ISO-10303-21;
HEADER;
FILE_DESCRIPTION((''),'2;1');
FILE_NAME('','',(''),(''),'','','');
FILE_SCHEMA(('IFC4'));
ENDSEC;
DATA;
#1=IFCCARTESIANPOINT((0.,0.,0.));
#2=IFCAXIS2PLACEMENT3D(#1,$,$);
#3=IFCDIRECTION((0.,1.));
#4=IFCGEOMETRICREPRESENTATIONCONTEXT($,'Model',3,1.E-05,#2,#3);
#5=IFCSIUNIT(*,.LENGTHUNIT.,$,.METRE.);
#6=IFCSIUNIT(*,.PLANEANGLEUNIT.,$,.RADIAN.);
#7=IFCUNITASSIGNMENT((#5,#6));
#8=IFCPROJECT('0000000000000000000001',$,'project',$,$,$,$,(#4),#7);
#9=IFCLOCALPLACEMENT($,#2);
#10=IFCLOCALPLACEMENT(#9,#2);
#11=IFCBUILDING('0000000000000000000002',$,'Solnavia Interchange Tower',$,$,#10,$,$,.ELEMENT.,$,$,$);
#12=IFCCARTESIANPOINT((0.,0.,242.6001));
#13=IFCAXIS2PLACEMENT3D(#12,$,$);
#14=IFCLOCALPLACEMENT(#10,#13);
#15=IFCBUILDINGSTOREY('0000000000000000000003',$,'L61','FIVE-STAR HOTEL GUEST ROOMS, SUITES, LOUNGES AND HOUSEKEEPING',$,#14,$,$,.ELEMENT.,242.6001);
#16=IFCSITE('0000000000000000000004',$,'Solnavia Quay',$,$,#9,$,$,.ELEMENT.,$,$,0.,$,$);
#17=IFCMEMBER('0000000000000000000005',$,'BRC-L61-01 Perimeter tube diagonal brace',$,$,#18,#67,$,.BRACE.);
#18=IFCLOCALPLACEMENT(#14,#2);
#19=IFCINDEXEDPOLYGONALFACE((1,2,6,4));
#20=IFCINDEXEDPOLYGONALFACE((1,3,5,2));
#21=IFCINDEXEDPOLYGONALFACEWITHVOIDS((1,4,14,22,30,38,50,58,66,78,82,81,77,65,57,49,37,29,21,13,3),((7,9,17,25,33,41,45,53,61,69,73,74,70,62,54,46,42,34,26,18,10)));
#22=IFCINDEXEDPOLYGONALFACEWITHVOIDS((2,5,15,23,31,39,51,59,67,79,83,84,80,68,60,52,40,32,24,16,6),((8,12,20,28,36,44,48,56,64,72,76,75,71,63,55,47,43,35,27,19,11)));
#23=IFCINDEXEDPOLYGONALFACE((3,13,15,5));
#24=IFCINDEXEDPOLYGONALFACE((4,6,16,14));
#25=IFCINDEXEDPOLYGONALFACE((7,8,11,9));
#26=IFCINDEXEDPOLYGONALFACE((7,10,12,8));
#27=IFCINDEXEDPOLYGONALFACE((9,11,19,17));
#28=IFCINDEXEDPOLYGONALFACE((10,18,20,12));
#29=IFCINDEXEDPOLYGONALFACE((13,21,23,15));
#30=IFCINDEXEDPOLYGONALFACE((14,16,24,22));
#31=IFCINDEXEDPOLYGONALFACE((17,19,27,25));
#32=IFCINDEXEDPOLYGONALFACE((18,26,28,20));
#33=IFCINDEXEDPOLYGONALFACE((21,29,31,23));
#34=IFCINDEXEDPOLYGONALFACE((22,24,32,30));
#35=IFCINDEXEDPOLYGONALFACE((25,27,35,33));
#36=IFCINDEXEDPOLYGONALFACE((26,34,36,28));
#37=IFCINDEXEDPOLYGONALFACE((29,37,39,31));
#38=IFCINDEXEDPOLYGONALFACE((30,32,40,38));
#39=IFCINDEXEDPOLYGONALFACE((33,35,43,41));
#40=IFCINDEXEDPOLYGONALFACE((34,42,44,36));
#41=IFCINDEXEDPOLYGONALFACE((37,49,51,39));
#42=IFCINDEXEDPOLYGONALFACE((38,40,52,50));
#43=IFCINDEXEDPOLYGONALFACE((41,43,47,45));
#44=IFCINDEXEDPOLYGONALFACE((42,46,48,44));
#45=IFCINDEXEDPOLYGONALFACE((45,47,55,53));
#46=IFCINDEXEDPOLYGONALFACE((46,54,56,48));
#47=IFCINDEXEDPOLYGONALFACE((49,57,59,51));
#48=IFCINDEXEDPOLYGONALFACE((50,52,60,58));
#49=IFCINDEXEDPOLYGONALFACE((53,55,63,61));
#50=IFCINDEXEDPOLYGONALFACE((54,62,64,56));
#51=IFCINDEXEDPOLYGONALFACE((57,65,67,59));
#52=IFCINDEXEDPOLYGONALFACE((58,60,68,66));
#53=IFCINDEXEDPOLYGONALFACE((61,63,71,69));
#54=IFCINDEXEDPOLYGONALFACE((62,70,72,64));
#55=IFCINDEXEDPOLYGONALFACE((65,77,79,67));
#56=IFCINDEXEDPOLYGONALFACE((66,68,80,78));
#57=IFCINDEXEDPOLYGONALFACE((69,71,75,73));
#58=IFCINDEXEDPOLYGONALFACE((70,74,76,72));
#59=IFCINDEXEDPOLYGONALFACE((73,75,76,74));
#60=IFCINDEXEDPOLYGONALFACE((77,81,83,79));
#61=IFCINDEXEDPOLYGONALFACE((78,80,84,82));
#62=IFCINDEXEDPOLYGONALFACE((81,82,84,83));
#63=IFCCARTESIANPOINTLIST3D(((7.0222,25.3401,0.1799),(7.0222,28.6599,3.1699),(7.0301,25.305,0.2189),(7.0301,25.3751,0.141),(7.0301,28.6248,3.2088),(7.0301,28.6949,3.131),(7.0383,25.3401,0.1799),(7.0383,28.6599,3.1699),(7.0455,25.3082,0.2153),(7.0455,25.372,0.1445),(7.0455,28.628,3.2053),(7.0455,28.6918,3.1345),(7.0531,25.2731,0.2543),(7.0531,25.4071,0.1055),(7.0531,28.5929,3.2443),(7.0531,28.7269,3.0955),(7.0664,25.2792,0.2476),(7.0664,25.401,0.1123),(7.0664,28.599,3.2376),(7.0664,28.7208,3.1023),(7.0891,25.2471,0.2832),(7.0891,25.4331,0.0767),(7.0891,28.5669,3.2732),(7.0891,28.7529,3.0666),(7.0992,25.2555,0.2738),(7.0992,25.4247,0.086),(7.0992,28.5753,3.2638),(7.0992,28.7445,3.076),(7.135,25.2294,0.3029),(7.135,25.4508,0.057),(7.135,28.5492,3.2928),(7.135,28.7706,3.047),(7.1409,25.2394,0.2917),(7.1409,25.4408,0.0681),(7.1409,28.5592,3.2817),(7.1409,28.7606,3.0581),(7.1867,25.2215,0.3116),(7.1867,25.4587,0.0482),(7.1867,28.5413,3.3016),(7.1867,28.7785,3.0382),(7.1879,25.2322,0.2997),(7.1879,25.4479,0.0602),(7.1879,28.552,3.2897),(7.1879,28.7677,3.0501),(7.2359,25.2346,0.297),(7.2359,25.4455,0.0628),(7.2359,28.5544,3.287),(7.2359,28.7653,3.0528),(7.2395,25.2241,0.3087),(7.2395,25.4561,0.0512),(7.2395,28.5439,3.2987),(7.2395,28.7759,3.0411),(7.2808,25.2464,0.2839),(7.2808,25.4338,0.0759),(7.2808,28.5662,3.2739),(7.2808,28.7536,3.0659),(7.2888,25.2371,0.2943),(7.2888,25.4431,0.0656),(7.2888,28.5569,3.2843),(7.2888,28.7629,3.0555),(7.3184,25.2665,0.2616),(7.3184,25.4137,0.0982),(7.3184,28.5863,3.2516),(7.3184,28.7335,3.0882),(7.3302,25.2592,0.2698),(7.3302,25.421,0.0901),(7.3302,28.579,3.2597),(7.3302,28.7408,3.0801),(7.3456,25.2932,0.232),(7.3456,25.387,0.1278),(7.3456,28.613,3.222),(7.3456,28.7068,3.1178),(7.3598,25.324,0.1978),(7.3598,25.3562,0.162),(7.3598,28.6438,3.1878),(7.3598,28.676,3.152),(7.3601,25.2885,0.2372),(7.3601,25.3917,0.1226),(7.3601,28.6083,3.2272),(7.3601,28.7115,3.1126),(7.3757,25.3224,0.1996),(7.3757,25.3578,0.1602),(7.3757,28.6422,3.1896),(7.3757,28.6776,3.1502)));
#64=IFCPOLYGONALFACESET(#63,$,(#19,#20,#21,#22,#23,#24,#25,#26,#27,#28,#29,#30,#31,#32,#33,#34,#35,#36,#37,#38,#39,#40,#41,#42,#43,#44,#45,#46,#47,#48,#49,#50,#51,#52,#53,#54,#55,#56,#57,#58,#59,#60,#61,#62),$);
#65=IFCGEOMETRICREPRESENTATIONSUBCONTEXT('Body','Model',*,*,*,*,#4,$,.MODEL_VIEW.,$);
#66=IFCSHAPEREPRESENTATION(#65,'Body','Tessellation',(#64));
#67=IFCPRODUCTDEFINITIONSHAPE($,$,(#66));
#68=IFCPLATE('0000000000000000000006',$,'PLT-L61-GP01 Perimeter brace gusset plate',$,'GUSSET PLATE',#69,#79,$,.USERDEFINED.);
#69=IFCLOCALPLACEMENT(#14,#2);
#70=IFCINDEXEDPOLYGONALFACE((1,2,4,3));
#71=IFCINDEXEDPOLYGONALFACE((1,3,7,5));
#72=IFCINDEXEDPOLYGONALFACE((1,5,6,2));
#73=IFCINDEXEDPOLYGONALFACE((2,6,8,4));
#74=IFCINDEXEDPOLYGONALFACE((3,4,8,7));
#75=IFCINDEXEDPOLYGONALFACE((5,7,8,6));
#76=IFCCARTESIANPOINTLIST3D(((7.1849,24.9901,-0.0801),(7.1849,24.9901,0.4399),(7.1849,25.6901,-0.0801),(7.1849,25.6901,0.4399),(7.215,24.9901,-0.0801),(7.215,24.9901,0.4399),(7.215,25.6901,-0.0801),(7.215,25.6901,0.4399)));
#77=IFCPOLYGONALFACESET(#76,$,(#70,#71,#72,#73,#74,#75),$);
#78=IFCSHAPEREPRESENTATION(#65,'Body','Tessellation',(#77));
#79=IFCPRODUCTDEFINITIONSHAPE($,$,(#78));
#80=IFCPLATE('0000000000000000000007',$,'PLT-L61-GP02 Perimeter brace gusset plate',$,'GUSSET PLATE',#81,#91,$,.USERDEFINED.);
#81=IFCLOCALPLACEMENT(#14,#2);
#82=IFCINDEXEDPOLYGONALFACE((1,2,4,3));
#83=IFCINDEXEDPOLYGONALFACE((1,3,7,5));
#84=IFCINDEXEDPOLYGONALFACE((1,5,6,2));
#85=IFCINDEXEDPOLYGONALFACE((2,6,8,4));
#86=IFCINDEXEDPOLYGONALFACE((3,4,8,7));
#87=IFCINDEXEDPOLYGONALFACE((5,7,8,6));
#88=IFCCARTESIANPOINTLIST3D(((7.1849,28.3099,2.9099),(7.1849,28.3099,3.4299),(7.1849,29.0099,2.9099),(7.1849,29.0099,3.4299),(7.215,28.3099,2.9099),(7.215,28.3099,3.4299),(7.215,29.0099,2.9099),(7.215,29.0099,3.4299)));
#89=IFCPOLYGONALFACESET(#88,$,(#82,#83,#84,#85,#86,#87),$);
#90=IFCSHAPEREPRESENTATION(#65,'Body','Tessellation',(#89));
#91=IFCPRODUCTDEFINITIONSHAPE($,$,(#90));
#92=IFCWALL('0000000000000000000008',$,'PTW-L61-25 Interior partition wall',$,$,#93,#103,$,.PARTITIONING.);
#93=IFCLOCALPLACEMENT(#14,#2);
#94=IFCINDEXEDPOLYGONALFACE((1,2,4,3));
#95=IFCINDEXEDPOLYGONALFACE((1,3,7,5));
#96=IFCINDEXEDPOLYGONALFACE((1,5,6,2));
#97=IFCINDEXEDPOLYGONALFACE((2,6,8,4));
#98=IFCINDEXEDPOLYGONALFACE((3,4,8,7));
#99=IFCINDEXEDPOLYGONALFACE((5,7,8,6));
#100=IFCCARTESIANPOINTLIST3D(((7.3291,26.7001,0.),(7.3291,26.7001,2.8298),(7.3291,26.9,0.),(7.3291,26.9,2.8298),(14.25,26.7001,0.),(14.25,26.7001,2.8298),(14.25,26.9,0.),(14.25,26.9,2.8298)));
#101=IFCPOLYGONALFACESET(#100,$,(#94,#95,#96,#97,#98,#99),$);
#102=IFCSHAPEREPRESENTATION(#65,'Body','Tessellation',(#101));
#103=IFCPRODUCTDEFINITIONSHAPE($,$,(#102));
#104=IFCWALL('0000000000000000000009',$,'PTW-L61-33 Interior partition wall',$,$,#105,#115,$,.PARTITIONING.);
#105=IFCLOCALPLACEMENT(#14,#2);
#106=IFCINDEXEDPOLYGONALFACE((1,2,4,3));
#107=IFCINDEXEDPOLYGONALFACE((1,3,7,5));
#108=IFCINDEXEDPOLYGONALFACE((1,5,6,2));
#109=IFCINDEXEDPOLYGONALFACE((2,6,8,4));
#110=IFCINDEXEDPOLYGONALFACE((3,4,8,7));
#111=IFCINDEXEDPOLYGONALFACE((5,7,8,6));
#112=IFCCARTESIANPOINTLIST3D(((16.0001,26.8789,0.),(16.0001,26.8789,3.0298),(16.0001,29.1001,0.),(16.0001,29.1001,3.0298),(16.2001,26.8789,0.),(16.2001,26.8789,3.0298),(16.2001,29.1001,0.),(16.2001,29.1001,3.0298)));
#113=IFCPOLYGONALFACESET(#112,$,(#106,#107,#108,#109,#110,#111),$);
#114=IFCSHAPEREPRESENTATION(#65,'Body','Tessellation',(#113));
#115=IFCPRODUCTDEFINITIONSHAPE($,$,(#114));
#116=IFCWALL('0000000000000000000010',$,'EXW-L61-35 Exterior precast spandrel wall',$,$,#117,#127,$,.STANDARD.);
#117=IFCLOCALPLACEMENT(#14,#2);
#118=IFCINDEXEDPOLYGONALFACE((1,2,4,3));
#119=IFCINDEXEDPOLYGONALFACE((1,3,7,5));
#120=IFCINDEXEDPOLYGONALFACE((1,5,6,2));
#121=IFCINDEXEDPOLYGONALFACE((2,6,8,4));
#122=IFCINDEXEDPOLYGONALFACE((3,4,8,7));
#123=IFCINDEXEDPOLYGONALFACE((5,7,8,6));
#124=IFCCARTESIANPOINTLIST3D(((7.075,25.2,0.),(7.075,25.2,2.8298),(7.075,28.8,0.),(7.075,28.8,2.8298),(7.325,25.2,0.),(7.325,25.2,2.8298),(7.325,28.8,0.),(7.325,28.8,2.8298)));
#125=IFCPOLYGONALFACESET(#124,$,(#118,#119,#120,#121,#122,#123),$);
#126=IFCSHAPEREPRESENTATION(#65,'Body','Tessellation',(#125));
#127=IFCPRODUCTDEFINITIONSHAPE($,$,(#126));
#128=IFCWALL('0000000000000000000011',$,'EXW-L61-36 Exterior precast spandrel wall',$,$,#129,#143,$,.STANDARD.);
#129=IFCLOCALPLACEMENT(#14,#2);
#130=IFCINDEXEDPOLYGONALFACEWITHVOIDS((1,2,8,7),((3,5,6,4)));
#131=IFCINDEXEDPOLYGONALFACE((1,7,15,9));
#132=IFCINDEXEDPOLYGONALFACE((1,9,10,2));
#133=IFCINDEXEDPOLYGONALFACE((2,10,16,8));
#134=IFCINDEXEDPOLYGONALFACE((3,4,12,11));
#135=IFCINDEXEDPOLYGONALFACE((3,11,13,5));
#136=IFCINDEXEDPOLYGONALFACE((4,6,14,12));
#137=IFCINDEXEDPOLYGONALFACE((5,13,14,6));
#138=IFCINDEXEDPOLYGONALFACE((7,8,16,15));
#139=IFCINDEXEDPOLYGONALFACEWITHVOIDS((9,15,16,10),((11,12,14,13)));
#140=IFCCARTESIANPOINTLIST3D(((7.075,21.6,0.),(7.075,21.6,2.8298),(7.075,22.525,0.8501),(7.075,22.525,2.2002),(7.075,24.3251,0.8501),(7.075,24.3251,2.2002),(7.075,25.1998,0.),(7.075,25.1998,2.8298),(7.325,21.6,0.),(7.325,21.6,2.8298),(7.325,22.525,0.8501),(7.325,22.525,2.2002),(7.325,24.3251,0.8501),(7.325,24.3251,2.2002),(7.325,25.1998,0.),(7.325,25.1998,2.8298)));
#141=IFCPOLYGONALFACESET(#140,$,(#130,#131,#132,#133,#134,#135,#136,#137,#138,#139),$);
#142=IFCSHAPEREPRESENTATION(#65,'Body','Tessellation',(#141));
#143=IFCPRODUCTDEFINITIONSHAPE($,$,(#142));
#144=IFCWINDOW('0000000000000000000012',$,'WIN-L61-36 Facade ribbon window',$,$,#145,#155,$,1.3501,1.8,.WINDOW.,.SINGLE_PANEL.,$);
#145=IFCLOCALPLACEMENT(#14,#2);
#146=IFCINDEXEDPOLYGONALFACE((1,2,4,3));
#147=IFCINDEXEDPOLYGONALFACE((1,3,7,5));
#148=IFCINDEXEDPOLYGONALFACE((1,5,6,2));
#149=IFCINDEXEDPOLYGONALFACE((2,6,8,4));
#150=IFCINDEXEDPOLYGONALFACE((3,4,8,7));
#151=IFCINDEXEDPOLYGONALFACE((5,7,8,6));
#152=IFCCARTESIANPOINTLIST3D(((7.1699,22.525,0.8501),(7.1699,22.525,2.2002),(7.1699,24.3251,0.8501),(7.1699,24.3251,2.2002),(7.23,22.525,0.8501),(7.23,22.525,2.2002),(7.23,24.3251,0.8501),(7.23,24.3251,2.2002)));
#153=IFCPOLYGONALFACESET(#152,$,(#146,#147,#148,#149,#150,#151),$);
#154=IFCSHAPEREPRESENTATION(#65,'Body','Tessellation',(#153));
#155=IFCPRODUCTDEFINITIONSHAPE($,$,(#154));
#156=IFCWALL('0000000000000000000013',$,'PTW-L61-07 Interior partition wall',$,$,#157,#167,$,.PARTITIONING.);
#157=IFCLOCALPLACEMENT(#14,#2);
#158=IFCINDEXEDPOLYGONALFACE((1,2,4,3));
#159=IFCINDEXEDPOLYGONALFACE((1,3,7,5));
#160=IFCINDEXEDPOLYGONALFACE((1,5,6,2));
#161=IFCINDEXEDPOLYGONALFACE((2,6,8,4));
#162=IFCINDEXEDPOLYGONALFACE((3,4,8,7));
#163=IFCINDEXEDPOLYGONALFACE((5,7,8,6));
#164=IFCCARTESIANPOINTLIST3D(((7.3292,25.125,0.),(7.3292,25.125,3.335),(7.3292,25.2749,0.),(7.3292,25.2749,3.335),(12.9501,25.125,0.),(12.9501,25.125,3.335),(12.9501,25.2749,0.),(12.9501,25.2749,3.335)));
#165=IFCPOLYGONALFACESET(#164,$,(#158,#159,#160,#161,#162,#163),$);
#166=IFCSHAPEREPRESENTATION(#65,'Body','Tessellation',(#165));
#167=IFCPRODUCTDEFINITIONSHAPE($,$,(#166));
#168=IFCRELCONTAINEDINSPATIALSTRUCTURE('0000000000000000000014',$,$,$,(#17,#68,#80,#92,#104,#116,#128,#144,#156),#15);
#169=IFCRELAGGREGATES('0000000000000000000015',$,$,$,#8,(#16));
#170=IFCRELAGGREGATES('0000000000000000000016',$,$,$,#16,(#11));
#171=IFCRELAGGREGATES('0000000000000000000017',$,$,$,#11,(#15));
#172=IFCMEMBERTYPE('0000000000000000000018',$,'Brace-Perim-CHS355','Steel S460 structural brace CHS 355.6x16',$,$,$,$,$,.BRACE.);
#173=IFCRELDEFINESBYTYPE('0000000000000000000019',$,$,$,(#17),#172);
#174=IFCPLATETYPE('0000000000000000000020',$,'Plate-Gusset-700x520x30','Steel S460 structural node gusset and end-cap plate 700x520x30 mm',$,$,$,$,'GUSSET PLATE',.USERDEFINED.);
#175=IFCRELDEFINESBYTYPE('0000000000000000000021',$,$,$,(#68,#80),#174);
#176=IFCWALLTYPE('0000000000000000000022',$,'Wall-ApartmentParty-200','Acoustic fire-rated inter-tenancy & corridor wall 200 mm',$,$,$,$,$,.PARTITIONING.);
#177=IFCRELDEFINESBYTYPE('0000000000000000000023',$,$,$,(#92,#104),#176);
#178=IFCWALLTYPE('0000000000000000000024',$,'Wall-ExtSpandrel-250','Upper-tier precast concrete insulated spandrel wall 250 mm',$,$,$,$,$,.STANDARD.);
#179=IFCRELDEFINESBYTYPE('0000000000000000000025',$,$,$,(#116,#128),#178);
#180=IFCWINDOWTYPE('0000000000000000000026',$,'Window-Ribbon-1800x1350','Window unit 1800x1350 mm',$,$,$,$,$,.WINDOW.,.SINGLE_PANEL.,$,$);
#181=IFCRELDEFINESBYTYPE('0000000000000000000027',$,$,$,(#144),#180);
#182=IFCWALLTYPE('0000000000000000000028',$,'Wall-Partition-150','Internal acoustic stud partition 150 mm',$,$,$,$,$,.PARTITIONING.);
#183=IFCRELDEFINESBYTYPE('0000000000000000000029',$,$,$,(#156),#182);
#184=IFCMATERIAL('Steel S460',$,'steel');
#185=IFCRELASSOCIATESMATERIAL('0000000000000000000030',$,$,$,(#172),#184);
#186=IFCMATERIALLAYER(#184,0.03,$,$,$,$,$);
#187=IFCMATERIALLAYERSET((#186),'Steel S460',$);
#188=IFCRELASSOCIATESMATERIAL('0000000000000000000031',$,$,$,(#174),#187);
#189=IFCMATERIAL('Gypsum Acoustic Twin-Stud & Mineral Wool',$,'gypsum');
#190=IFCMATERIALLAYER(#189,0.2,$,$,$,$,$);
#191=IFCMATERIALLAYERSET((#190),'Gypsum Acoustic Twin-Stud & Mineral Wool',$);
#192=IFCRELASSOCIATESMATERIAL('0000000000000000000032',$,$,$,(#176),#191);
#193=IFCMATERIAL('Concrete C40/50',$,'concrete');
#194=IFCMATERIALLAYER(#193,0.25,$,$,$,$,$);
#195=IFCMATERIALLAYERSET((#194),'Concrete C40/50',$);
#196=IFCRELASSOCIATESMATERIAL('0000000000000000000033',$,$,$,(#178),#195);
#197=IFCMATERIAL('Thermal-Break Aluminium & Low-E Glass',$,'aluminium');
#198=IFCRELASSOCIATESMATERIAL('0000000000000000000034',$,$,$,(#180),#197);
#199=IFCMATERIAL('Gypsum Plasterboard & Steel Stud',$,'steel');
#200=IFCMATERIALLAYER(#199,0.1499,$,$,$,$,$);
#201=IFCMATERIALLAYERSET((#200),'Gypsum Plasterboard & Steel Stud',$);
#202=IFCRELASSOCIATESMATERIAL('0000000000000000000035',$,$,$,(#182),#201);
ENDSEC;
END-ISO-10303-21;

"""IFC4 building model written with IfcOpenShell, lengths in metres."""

from ifc_helpers import new_model, si_unit, direction, frame, frame_2d, origin, origin_2d, place, context, subcontext, project, spatial, rectangle, hollow_circle, extrude, material, layer, layer_set, material_profile, profile_set, type_object, element, fill, save


model = new_model("IFC4")

# Units and contexts
model_context = context("Model", 3, precision=1e-05, world=origin(), true_north=direction((0.0, 1.0)))
body_context = subcontext(model_context, "Body", "Model", "MODEL_VIEW")
ifc_project = project(units=[si_unit("LENGTHUNIT", "METRE"), si_unit("PLANEANGLEUNIT", "RADIAN")], contexts=[model_context])

# Site, building, storey
site_placement = place(None, origin())
site = spatial("IfcSite", under=ifc_project, at=site_placement, Name="Solnavia Quay", CompositionType="ELEMENT", RefElevation=0.0)
building_placement = place(site_placement, origin())
building = spatial("IfcBuilding", under=site, at=building_placement, Name="Solnavia Interchange Tower", CompositionType="ELEMENT")
storey_placement = place(building_placement, frame((0.0, 0.0, 242.6001)))
storey = spatial("IfcBuildingStorey", under=building, at=storey_placement, Name="L61", Description="FIVE-STAR HOTEL GUEST ROOMS, SUITES, LOUNGES AND HOUSEKEEPING", CompositionType="ELEMENT", Elevation=242.6001)

# Shared definitions
ifc_material_1 = material(Name="Steel S460", Category="steel")

# Member
ifc_material_profile_1 = material_profile(ifc_material_1, hollow_circle(Radius=0.1777, WallThickness=0.0161, at=origin_2d()), Name="CHS 355.6x16")
ifc_profile_set_1 = profile_set([ifc_material_profile_1], Name="Steel S460")
member_type = type_object("IfcMemberType", Name="Brace-Perim-CHS355", Description="Steel S460 structural brace CHS 355.6x16", PredefinedType="BRACE", material=ifc_profile_set_1)
member_placement = place(storey_placement, frame((7.2, 25.3401, 0.1799), z_axis=(0.0, 0.743055, 0.66923), x_axis=(-1.0, 0.0, 0.0)))
element("IfcMember", 1, at=member_placement, inside=storey, type_object=member_type, Name="BRC-L61-01 Perimeter tube diagonal brace", PredefinedType="BRACE", context=body_context, shape_type="SweptSolid", body=[
    extrude(hollow_circle(Radius=0.1777, WallThickness=0.0161, at=origin_2d()), origin(), (0.0, 0.0, 1.0), 4.4678),
])

# Plates
ifc_layer_1 = layer(ifc_material_1, 0.03)
ifc_layer_set_1 = layer_set([ifc_layer_1], Name="Steel S460")
plate_type = type_object("IfcPlateType", Name="Plate-Gusset-700x520x30", Description="Steel S460 structural node gusset and end-cap plate 700x520x30 mm", ElementType="GUSSET PLATE", PredefinedType="USERDEFINED", material=ifc_layer_set_1)
for number, where, z_axis, x_axis, name in (
    (2, (7.2, 25.3401, -0.0801), (0.0, 0.0, 1.0), (0.0, 1.0, 0.0), "PLT-L61-GP01 Perimeter brace gusset plate"),
    (3, (7.2, 28.6599, 2.9099), (0.0, 0.0, 1.0), (0.0, 1.0, 0.0), "PLT-L61-GP02 Perimeter brace gusset plate"),
):
    element("IfcPlate", number, at=place(storey_placement, frame(where, z_axis=z_axis, x_axis=x_axis)), inside=storey, type_object=plate_type, Name=name, ObjectType="GUSSET PLATE", PredefinedType="USERDEFINED", context=body_context, shape_type="SweptSolid", body=[
        extrude(rectangle(XDim=0.7, YDim=0.03, at=origin_2d()), origin(), (0.0, 0.0, 1.0), 0.52),
    ])

# Walls
ifc_material_2 = material(Name="Gypsum Acoustic Twin-Stud & Mineral Wool", Category="gypsum")
ifc_layer_2 = layer(ifc_material_2, 0.2)
ifc_layer_set_2 = layer_set([ifc_layer_2], Name="Gypsum Acoustic Twin-Stud & Mineral Wool")
wall_type_1 = type_object("IfcWallType", Name="Wall-ApartmentParty-200", Description="Acoustic fire-rated inter-tenancy & corridor wall 200 mm", PredefinedType="PARTITIONING", material=ifc_layer_set_2)
wall_1_placement = place(storey_placement, frame((7.3291, 26.8, 0.0), z_axis=(0.0, 0.0, 1.0), x_axis=(1.0, 0.0, 0.0)))
element("IfcWall", 4, at=wall_1_placement, inside=storey, type_object=wall_type_1, Name="PTW-L61-25 Interior partition wall", PredefinedType="PARTITIONING", context=body_context, shape_type="SweptSolid", body=[
    extrude(rectangle(XDim=6.9209, YDim=0.2, at=frame_2d((3.4604, 0.0))), origin(), (0.0, 0.0, 1.0), 2.8298),
])
wall_2_placement = place(storey_placement, frame((16.1001, 26.8789, 0.0), z_axis=(0.0, 0.0, 1.0), x_axis=(0.0, 1.0, 0.0)))
element("IfcWall", 5, at=wall_2_placement, inside=storey, type_object=wall_type_1, Name="PTW-L61-33 Interior partition wall", PredefinedType="PARTITIONING", context=body_context, shape_type="SweptSolid", body=[
    extrude(rectangle(XDim=2.2212, YDim=0.2, at=frame_2d((1.1106, 0.0))), origin(), (0.0, 0.0, 1.0), 3.0298),
])
ifc_material_3 = material(Name="Concrete C40/50", Category="concrete")
ifc_layer_3 = layer(ifc_material_3, 0.25)
ifc_layer_set_3 = layer_set([ifc_layer_3], Name="Concrete C40/50")
wall_type_2 = type_object("IfcWallType", Name="Wall-ExtSpandrel-250", Description="Upper-tier precast concrete insulated spandrel wall 250 mm", PredefinedType="STANDARD", material=ifc_layer_set_3)
wall_3_placement = place(storey_placement, frame((7.2, 25.2, 0.0), z_axis=(0.0, 0.0, 1.0), x_axis=(0.0, 1.0, 0.0)))
element("IfcWall", 6, at=wall_3_placement, inside=storey, type_object=wall_type_2, Name="EXW-L61-35 Exterior precast spandrel wall", PredefinedType="STANDARD", context=body_context, shape_type="SweptSolid", body=[
    extrude(rectangle(XDim=3.6001, YDim=0.25, at=frame_2d((1.8, 0.0))), origin(), (0.0, 0.0, 1.0), 2.8298),
])

# Wall, opening, window
wall_4_placement = place(storey_placement, frame((7.2, 21.6001, 0.0), z_axis=(0.0, 0.0, 1.0), x_axis=(0.0, 1.0, 0.0)))
wall_4 = element("IfcWall", 7, at=wall_4_placement, inside=storey, type_object=wall_type_2, Name="EXW-L61-36 Exterior precast spandrel wall", PredefinedType="STANDARD", context=body_context, shape_type="SweptSolid", body=[
    extrude(rectangle(XDim=3.5999, YDim=0.25, at=frame_2d((1.7998, 0.0))), origin(), (0.0, 0.0, 1.0), 2.8298),
])
opening_1_placement = place(wall_4_placement, frame((0.925, 0.0, 0.8501)))
opening_1 = element("IfcOpeningElement", 8, at=opening_1_placement, cuts=wall_4, PredefinedType="OPENING", context=body_context, shape_type="SweptSolid", body=[
    extrude(rectangle(XDim=1.8, YDim=1.3501, at=frame_2d((0.8999, 0.675))), frame((0.0, 0.135, 0.0), z_axis=(0.0, -1.0, 0.0), x_axis=(1.0, 0.0, 0.0)), (0.0, 0.0, 1.0), 0.27),
])
ifc_material_4 = material(Name="Thermal-Break Aluminium & Low-E Glass", Category="aluminium")
window_type = type_object("IfcWindowType", Name="Window-Ribbon-1800x1350", Description="Window unit 1800x1350 mm", PartitioningType="SINGLE_PANEL", PredefinedType="WINDOW", material=ifc_material_4)
window_placement = place(opening_1_placement, origin())
window = element("IfcWindow", 9, at=window_placement, inside=storey, type_object=window_type, Name="WIN-L61-36 Facade ribbon window", OverallHeight=1.3501, OverallWidth=1.8, PartitioningType="SINGLE_PANEL", PredefinedType="WINDOW", context=body_context, shape_type="SweptSolid", body=[
    extrude(rectangle(XDim=1.8, YDim=1.3501, at=frame_2d((0.8999, 0.675))), frame((0.0, 0.03, 0.0), z_axis=(0.0, -1.0, 0.0), x_axis=(1.0, 0.0, 0.0)), (0.0, 0.0, 1.0), 0.0601),
])
fill(opening_1, window)

# Wall
ifc_material_5 = material(Name="Gypsum Plasterboard & Steel Stud", Category="steel")
ifc_layer_4 = layer(ifc_material_5, 0.1499)
ifc_layer_set_4 = layer_set([ifc_layer_4], Name="Gypsum Plasterboard & Steel Stud")
wall_type_3 = type_object("IfcWallType", Name="Wall-Partition-150", Description="Internal acoustic stud partition 150 mm", PredefinedType="PARTITIONING", material=ifc_layer_set_4)
wall_5_placement = place(storey_placement, frame((7.3291, 25.2, 0.0), z_axis=(0.0, 0.0, 1.0), x_axis=(1.0, 0.0, 0.0)))
element("IfcWall", 10, at=wall_5_placement, inside=storey, type_object=wall_type_3, Name="PTW-L61-07 Interior partition wall", PredefinedType="PARTITIONING", context=body_context, shape_type="SweptSolid", body=[
    extrude(rectangle(XDim=5.6208, YDim=0.1499, at=frame_2d((2.8105, 0.0))), origin(), (0.0, 0.0, 1.0), 3.335),
])

save(model, "model.ifc")
